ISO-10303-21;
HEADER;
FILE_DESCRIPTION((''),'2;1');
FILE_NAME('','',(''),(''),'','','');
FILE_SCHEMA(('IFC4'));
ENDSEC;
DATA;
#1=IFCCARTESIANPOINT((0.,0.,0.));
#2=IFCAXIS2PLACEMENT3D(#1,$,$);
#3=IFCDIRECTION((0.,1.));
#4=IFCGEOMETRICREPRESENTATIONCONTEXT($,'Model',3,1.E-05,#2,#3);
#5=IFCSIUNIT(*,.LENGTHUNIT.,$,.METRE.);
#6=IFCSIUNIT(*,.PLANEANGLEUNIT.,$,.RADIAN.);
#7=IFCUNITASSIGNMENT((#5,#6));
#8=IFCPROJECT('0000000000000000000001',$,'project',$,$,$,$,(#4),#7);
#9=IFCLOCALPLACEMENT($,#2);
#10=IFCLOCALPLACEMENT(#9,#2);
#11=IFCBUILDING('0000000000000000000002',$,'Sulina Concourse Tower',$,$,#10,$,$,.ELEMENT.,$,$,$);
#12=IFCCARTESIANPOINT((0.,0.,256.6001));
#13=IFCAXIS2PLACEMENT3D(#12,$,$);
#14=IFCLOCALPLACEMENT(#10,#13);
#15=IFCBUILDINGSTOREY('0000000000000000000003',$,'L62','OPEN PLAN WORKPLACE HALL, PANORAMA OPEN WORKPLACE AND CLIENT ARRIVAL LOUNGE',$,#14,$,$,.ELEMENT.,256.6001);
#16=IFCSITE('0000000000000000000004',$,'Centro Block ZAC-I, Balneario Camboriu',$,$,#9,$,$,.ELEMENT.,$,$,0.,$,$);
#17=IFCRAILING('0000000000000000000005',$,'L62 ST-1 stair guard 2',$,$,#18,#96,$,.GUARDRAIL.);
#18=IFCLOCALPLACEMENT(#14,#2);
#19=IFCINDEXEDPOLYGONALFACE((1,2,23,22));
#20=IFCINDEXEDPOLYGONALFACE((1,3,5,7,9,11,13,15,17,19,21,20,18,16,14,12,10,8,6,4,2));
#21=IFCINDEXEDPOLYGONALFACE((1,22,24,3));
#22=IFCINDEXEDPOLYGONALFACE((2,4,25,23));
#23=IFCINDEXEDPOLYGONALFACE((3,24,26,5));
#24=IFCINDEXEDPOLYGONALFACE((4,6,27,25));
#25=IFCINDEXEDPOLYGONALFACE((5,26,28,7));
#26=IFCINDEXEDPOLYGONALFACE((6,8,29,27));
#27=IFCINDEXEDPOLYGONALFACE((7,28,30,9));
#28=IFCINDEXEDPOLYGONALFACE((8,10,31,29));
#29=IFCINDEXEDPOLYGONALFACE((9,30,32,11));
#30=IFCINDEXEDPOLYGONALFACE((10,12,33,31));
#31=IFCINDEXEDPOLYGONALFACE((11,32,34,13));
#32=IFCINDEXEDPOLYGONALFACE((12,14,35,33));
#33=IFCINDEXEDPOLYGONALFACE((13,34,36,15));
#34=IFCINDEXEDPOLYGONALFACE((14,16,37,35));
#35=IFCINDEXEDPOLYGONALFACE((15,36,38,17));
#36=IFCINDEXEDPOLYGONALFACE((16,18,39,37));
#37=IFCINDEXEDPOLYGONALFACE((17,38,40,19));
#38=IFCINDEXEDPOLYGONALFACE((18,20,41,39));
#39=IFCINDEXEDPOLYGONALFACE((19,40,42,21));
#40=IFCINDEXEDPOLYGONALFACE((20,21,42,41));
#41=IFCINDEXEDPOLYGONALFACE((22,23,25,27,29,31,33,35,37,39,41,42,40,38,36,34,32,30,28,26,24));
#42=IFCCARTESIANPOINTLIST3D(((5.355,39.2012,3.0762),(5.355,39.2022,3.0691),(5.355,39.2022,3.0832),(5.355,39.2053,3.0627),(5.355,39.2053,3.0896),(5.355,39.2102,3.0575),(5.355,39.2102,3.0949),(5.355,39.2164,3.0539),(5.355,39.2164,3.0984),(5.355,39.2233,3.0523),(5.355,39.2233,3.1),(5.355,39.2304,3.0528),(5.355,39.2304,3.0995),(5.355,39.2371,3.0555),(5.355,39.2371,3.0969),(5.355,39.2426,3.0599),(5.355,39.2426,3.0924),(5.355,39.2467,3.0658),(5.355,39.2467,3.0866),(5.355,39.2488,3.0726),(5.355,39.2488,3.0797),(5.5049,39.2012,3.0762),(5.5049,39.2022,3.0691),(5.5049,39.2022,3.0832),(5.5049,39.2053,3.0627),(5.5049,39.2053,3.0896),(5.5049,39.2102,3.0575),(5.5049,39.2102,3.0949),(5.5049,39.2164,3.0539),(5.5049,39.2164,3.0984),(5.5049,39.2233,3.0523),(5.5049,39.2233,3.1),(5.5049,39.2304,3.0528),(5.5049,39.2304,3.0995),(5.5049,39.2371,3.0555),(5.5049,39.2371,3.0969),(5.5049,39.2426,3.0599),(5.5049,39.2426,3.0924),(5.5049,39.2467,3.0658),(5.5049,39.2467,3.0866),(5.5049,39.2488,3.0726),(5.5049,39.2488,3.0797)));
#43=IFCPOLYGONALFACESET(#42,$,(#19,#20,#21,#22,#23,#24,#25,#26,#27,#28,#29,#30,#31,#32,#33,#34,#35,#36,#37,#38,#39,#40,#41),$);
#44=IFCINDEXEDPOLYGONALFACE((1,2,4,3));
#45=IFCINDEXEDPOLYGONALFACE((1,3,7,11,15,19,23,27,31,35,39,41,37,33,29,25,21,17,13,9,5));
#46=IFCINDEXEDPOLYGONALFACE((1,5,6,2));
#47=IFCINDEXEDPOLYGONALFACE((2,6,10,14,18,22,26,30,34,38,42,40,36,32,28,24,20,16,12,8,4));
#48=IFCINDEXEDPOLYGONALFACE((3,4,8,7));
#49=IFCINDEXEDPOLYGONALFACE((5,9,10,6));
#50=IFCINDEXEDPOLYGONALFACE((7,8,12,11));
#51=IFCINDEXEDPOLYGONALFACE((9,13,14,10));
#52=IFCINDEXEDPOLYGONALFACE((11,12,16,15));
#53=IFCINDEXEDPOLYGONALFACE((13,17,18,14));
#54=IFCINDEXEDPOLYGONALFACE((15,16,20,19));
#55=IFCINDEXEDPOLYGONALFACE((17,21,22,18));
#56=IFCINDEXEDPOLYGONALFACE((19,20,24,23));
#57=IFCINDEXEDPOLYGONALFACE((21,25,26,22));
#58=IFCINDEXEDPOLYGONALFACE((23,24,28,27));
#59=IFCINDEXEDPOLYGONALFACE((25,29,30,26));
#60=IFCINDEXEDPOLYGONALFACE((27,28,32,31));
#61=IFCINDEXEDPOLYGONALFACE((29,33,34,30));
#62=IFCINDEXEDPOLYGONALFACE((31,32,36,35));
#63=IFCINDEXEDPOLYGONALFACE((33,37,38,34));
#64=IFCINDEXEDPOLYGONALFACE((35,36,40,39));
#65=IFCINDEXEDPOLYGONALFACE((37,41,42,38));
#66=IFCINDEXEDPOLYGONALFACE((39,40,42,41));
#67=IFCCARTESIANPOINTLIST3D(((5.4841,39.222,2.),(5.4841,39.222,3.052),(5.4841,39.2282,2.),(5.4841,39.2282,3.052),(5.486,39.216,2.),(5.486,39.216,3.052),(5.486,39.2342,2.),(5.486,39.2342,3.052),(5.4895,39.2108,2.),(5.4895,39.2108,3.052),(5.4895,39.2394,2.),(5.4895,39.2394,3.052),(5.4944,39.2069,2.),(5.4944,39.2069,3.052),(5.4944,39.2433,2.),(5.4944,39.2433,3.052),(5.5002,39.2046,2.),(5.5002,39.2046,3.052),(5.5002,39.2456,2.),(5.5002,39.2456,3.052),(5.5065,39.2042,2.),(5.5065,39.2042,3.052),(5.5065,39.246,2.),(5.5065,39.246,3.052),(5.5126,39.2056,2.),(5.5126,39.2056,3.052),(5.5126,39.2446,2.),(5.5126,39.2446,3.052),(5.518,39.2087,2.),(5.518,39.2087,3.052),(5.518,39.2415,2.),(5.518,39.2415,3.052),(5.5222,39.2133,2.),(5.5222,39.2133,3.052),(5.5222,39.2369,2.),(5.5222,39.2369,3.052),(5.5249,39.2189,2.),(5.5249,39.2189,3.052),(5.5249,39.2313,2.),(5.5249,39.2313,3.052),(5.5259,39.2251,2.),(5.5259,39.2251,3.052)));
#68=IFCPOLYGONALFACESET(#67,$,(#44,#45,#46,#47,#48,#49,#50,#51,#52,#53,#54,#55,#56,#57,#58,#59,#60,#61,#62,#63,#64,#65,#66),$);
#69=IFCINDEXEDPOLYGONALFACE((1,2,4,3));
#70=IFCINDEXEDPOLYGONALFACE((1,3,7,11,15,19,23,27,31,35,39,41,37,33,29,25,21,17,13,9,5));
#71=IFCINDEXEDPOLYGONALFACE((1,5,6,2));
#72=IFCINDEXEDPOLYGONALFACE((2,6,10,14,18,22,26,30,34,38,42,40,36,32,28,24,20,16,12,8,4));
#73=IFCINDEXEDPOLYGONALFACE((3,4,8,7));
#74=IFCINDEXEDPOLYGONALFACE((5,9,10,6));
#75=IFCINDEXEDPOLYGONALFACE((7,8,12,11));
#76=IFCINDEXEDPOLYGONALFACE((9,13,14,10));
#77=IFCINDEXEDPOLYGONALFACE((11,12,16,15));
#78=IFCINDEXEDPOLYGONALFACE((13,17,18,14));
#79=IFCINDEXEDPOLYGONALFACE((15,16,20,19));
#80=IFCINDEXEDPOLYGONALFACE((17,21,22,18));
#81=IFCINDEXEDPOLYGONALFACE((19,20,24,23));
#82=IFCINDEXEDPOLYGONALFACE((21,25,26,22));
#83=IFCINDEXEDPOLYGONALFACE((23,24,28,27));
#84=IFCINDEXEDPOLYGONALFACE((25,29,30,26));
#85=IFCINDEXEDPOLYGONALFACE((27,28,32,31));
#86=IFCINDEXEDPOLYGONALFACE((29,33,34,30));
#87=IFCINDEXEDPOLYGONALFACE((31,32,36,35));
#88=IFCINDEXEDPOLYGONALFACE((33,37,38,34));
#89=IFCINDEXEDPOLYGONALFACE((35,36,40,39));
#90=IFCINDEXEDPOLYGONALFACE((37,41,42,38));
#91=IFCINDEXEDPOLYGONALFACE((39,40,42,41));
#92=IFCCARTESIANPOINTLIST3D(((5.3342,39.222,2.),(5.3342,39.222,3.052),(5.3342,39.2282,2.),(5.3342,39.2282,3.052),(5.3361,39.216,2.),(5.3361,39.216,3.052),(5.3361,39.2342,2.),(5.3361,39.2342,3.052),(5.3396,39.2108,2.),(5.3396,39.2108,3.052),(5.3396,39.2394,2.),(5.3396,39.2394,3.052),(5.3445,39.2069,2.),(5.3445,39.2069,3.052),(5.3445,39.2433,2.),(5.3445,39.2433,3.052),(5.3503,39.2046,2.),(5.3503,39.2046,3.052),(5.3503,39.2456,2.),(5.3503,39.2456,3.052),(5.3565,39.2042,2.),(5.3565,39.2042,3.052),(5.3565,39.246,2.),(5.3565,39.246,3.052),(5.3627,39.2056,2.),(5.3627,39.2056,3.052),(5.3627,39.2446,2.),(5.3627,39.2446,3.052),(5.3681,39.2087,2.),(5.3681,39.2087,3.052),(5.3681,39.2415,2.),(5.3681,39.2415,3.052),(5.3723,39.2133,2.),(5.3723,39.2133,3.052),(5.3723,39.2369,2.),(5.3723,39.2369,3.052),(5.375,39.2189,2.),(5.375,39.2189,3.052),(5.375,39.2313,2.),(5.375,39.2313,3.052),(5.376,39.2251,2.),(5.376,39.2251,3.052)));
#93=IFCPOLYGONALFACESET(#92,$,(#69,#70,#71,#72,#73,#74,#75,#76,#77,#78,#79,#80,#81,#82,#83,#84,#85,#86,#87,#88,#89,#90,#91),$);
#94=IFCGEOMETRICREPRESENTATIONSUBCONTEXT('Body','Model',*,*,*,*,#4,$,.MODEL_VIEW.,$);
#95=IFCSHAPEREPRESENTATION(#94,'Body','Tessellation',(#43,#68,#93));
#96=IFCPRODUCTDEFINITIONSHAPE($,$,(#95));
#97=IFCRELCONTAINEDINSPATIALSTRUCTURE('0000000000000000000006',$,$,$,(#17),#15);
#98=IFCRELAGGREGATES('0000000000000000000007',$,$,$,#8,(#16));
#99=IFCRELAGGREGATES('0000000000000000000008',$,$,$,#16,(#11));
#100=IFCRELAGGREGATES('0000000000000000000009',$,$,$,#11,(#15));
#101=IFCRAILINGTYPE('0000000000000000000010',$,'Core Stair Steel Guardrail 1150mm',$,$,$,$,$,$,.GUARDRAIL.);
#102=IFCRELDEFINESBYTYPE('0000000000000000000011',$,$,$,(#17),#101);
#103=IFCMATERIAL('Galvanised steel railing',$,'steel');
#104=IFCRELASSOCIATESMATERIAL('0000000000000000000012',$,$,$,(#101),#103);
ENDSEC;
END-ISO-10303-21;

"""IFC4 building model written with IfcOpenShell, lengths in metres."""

from ifc_helpers import new_model, si_unit, direction, frame, origin, origin_2d, place, context, subcontext, project, spatial, circle, extrude, material, type_object, element, save


model = new_model("IFC4")

# Units and contexts
model_context = context("Model", 3, precision=1e-05, world=origin(), true_north=direction((0.0, 1.0)))
body_context = subcontext(model_context, "Body", "Model", "MODEL_VIEW")
ifc_project = project(units=[si_unit("LENGTHUNIT", "METRE"), si_unit("PLANEANGLEUNIT", "RADIAN")], contexts=[model_context])

# Site, building, storey
site_placement = place(None, origin())
site = spatial("IfcSite", under=ifc_project, at=site_placement, Name="Centro Block ZAC-I, Balneario Camboriu", CompositionType="ELEMENT", RefElevation=0.0)
building_placement = place(site_placement, origin())
building = spatial("IfcBuilding", under=site, at=building_placement, Name="Sulina Concourse Tower", CompositionType="ELEMENT")
storey_placement = place(building_placement, frame((0.0, 0.0, 256.6001)))
storey = spatial("IfcBuildingStorey", under=building, at=storey_placement, Name="L62", Description="OPEN PLAN WORKPLACE HALL, PANORAMA OPEN WORKPLACE AND CLIENT ARRIVAL LOUNGE", CompositionType="ELEMENT", Elevation=256.6001)

# Railing
ifc_material_1 = material(Name="Galvanised steel railing", Category="steel")
railing_type_1 = type_object("IfcRailingType", Name="Core Stair Steel Guardrail 1150mm", PredefinedType="GUARDRAIL", material=ifc_material_1)
railing_1_placement = place(storey_placement, frame((5.5049, 39.2251, 2.0)))
element("IfcRailing", 1, at=railing_1_placement, inside=storey, type_object=railing_type_1, Name="L62 ST-1 stair guard 2", PredefinedType="GUARDRAIL", context=body_context, shape_type="SweptSolid", body=[
    extrude(circle(Radius=0.0239, at=origin_2d()), frame((0.0, 0.0, 1.0762), z_axis=(-1.0, 0.0, 0.0), x_axis=(0.0, -1.0, 0.0)), (0.0, 0.0, 1.0), 0.1499),
    extrude(circle(Radius=0.021, at=origin_2d()), origin(), (0.0, 0.0, 1.0), 1.052),
    extrude(circle(Radius=0.021, at=origin_2d()), frame((-0.1499, 0.0, 0.0)), (0.0, 0.0, 1.0), 1.052),
])

save(model, "model.ifc")
